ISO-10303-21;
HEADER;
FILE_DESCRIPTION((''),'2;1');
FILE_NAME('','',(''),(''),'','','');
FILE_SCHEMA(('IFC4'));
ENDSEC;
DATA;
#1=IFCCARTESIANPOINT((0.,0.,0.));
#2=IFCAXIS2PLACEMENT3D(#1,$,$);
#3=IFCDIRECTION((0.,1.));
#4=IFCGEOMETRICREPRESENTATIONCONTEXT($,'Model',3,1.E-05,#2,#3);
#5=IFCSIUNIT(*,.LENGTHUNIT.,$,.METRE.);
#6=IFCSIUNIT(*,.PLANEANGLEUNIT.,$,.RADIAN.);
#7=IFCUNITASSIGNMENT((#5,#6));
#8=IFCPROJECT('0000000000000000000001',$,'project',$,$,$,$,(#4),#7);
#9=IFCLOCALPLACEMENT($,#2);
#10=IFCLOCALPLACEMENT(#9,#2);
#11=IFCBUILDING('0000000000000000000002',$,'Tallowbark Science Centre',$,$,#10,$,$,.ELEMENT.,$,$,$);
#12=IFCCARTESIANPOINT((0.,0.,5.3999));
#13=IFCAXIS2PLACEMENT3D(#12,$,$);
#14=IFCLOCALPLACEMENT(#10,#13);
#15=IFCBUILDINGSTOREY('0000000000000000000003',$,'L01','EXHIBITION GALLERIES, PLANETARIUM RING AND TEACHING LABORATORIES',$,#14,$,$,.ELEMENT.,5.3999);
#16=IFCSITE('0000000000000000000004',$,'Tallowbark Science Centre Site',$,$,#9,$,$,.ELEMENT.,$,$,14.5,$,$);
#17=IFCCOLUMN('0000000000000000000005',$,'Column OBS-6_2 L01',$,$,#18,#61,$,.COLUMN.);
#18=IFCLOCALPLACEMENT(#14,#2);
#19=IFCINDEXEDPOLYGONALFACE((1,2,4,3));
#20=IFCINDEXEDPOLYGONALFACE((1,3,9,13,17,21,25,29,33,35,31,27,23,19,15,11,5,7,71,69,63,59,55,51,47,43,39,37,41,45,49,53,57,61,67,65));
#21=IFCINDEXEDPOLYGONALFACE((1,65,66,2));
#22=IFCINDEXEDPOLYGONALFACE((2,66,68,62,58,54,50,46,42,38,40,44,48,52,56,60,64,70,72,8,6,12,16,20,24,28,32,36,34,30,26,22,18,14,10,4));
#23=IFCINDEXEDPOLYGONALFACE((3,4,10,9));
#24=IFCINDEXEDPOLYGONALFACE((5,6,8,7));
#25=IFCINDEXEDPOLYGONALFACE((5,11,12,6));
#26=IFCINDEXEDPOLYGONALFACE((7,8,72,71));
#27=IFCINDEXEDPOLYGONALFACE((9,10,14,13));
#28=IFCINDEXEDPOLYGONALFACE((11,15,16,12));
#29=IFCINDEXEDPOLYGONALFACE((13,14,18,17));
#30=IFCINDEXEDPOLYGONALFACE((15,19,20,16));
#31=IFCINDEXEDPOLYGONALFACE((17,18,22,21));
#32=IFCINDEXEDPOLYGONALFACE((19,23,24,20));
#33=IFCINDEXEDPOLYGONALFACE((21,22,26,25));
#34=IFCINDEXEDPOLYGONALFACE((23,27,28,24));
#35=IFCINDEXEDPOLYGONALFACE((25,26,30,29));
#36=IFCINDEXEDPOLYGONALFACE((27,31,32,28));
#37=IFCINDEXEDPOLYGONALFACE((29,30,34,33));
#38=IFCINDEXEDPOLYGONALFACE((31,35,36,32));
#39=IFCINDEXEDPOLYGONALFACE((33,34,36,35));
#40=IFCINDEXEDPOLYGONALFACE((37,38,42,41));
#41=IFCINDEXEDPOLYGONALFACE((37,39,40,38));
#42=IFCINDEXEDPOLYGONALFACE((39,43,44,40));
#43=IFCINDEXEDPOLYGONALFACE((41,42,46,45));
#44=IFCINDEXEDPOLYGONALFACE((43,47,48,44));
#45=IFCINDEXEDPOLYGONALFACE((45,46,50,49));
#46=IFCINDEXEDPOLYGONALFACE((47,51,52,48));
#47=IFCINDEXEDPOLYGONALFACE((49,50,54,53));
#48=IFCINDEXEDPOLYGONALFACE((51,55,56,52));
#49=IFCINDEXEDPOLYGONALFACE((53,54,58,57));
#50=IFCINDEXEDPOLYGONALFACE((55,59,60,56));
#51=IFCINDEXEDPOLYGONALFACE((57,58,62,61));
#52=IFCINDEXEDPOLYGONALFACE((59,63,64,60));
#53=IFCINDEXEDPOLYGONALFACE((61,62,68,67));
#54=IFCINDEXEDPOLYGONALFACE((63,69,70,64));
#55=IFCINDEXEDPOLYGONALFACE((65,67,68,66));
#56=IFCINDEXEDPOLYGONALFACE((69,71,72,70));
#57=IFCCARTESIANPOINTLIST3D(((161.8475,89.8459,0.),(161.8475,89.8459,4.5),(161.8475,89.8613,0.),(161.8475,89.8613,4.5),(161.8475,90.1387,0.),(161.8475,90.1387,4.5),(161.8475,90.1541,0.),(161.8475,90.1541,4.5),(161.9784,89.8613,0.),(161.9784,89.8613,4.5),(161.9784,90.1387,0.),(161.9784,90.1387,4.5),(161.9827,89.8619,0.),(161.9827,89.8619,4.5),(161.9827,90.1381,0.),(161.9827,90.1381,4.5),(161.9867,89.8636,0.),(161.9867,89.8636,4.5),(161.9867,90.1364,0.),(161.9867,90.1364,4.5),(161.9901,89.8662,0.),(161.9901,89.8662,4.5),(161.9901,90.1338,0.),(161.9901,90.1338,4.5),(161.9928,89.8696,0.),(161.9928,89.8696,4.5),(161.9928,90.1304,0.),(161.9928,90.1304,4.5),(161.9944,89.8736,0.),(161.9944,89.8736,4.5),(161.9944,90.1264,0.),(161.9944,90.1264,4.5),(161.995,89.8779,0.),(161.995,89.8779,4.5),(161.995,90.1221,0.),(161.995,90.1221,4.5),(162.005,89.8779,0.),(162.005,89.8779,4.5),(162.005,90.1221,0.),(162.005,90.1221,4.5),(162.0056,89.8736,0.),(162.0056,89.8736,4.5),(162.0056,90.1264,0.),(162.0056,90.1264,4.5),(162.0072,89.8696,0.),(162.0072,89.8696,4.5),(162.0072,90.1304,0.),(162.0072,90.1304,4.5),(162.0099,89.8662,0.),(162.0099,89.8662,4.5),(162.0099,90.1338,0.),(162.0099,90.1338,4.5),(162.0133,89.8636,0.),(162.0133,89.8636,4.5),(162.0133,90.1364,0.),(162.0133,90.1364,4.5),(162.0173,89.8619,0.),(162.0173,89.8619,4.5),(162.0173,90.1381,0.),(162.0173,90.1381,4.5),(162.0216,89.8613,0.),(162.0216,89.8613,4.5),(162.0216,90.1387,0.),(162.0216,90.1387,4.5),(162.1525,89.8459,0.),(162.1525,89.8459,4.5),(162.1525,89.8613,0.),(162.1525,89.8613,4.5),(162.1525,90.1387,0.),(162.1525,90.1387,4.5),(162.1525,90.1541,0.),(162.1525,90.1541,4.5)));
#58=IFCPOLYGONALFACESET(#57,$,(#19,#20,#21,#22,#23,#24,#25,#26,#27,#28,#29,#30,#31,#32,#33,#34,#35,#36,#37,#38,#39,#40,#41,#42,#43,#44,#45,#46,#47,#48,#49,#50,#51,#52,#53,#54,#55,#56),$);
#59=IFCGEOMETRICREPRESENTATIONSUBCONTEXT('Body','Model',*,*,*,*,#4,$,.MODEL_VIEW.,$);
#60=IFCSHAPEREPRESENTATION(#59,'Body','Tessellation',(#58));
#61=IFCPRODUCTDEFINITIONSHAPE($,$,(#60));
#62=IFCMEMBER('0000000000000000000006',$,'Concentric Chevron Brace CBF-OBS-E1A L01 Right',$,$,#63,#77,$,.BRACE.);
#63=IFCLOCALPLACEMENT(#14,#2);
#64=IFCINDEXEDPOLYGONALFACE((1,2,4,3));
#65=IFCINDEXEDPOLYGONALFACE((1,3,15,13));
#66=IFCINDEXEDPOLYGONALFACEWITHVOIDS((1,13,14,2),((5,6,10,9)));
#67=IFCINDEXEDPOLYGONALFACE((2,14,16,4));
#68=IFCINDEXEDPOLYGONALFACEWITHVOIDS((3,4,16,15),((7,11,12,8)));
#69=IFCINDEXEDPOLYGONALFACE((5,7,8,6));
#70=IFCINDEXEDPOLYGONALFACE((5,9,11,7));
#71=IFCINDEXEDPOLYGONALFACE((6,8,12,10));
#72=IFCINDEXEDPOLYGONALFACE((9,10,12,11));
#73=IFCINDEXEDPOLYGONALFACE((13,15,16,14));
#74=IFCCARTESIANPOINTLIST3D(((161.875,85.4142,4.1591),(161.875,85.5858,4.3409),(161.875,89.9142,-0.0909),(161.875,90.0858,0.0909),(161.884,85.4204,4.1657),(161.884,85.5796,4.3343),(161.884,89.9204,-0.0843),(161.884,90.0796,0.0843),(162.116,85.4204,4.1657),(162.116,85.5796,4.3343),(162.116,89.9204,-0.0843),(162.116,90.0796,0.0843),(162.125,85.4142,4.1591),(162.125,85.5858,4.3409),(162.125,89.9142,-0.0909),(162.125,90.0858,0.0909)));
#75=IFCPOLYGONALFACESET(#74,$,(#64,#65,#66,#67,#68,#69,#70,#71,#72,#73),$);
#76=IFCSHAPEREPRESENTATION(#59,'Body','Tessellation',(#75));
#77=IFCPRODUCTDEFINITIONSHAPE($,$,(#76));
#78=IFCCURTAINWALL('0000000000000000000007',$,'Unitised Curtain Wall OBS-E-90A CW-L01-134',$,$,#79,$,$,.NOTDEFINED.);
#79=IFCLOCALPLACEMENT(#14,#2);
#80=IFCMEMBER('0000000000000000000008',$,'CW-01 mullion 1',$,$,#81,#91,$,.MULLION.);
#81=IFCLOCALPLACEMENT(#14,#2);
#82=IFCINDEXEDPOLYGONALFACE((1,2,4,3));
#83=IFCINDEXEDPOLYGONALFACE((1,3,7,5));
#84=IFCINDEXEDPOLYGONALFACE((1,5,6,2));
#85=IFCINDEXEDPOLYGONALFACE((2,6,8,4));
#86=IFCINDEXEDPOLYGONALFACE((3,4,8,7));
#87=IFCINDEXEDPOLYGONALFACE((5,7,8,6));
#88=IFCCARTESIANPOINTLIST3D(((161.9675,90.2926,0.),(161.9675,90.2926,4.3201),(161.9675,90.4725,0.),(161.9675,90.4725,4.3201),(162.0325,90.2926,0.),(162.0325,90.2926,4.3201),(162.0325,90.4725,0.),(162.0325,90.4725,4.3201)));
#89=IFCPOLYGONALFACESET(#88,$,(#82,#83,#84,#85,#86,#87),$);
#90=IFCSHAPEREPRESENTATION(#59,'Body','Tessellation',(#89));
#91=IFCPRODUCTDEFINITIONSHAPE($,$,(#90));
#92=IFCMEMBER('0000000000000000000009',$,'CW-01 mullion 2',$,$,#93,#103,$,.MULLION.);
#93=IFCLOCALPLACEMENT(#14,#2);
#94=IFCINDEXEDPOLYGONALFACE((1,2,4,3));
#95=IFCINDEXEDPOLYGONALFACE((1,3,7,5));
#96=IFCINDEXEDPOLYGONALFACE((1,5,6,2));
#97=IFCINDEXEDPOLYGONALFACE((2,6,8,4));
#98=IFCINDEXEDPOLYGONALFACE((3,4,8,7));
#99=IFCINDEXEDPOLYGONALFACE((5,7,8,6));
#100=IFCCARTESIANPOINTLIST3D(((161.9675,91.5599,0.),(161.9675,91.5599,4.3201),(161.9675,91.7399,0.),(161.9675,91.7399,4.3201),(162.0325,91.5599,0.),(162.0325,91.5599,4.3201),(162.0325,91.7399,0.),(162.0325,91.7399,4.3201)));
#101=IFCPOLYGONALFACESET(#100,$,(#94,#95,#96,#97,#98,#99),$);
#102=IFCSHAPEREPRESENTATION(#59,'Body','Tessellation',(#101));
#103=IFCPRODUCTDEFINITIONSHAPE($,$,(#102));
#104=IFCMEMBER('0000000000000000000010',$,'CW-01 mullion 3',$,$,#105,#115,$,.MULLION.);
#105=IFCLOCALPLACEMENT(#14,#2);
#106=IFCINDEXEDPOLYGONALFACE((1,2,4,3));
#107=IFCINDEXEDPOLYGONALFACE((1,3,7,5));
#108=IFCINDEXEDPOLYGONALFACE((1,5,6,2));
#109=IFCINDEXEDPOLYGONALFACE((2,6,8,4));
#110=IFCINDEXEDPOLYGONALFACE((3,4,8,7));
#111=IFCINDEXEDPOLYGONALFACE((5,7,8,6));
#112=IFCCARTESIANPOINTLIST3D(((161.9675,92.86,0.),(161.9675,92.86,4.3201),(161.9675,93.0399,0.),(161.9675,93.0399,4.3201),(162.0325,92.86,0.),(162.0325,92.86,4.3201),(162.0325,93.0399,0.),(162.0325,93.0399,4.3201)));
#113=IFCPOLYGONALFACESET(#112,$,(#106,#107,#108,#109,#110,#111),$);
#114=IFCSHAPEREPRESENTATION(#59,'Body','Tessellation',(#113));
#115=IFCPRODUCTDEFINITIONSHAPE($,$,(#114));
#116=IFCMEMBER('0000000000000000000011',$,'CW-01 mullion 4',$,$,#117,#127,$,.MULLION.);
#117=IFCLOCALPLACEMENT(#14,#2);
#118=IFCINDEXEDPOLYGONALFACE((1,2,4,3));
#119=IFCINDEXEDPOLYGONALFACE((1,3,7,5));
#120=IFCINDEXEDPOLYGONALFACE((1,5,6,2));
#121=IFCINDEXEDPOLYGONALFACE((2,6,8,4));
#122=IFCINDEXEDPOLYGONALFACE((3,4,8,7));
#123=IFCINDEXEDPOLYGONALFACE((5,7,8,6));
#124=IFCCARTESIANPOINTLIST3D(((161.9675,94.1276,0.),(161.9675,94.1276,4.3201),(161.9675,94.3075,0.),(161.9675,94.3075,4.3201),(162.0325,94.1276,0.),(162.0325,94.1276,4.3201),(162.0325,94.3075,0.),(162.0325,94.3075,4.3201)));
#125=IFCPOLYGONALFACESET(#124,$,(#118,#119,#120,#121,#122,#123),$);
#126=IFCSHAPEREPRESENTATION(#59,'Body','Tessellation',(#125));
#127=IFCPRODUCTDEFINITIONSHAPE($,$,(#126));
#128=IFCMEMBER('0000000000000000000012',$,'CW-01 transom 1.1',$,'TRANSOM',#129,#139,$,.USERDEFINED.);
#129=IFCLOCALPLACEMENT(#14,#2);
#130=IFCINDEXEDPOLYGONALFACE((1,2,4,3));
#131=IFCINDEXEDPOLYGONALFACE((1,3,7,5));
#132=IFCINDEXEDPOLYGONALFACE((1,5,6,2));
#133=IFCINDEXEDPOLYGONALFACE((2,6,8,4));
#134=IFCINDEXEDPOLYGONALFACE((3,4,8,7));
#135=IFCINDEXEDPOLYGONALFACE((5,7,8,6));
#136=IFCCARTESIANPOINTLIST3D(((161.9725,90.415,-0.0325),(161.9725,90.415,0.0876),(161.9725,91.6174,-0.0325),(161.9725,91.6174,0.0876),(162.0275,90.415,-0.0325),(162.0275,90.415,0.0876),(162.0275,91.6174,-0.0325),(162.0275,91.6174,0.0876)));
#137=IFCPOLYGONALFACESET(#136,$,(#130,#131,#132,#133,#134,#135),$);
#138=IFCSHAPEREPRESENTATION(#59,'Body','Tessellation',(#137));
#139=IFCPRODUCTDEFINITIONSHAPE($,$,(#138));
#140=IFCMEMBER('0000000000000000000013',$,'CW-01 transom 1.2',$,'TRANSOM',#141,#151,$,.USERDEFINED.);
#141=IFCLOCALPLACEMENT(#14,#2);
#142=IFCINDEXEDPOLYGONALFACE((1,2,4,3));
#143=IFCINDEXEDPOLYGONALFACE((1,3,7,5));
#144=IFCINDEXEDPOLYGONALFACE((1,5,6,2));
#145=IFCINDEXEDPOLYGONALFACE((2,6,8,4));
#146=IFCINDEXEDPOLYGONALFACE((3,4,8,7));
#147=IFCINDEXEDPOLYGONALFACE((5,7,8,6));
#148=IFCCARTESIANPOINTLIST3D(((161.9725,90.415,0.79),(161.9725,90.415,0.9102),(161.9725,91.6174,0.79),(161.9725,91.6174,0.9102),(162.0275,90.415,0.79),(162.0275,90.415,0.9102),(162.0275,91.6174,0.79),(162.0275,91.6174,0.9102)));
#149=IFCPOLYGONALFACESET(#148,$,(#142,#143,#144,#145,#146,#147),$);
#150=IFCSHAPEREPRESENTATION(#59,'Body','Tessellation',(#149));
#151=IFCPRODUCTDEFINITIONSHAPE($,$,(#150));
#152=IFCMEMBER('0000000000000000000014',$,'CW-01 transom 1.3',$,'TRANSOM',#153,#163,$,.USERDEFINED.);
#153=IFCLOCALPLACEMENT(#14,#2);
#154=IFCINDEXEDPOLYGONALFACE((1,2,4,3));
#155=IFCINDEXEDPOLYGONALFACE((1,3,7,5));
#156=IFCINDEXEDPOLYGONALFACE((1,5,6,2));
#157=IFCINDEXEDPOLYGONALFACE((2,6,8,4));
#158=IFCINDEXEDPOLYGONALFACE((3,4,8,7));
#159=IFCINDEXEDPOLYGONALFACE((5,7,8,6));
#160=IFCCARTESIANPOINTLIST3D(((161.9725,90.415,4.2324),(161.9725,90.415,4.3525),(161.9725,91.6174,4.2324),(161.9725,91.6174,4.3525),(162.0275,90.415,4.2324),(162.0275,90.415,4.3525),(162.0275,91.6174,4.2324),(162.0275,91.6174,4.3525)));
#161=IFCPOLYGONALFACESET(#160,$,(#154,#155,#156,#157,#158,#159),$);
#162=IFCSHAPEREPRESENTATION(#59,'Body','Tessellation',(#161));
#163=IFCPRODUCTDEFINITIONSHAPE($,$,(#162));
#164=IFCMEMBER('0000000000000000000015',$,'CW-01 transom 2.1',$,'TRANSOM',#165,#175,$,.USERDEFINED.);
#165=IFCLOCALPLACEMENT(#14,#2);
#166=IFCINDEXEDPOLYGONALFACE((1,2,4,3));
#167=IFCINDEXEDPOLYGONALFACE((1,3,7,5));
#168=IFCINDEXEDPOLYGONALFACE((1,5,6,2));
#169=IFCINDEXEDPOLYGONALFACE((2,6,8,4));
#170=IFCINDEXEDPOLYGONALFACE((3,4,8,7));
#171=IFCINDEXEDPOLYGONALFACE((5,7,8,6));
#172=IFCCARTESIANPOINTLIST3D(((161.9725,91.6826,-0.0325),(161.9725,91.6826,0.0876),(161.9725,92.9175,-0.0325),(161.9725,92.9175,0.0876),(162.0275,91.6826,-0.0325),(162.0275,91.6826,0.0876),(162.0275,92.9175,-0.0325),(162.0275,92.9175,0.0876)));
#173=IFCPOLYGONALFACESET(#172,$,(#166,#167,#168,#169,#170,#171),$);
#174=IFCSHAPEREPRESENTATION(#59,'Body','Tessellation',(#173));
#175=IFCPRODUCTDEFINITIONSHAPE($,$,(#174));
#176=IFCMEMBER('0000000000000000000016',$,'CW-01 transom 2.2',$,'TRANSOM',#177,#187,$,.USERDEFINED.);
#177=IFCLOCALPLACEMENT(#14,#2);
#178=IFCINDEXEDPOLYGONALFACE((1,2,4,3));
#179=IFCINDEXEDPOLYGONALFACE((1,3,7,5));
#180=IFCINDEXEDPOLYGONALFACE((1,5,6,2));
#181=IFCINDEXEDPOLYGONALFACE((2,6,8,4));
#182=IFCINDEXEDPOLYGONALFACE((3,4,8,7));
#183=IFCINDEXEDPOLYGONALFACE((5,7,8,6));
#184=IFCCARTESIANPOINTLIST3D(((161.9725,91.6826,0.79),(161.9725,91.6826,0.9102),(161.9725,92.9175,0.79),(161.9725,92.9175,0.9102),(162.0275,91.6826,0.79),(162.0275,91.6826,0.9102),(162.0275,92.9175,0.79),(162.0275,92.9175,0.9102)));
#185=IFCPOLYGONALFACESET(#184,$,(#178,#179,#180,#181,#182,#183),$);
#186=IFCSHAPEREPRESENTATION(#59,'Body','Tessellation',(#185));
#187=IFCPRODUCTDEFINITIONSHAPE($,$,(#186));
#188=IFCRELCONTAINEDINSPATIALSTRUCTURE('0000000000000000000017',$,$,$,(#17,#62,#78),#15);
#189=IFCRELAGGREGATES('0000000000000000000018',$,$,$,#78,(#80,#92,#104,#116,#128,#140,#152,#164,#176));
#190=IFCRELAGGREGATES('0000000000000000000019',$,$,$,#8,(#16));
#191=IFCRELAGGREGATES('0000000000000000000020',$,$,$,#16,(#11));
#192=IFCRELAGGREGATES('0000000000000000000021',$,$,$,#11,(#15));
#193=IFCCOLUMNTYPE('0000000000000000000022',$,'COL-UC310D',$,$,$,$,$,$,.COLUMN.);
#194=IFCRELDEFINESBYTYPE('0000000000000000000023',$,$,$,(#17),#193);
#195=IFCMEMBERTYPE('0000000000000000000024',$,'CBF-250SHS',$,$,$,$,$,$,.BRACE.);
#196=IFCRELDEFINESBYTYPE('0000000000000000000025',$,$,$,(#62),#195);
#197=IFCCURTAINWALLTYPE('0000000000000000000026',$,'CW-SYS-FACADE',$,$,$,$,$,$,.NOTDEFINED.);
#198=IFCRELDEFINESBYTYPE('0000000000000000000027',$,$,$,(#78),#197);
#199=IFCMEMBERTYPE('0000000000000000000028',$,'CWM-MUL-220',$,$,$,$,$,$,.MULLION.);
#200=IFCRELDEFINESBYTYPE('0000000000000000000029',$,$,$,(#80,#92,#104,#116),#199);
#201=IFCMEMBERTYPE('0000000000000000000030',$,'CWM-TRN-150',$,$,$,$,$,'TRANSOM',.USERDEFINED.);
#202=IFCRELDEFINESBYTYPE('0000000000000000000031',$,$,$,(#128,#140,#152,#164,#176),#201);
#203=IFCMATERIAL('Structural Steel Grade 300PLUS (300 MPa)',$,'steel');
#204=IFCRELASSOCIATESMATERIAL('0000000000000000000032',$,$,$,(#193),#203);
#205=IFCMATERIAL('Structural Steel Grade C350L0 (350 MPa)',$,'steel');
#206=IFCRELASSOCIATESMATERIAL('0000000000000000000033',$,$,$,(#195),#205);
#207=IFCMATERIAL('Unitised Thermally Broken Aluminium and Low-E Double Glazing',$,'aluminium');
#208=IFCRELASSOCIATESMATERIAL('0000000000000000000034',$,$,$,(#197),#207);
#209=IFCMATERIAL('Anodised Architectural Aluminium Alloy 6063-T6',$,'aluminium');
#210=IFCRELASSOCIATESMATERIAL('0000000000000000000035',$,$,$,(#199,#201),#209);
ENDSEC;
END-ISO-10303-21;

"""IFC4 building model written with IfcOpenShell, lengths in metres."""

from ifc_helpers import new_model, si_unit, direction, frame, origin, origin_2d, place, context, subcontext, project, spatial, rectangle, hollow_rectangle, i_section, extrude, material, material_profile, profile_set, type_object, element, aggregate, save


model = new_model("IFC4")

# Units and contexts
model_context = context("Model", 3, precision=1e-05, world=origin(), true_north=direction((0.0, 1.0)))
body_context = subcontext(model_context, "Body", "Model", "MODEL_VIEW")
ifc_project = project(units=[si_unit("LENGTHUNIT", "METRE"), si_unit("PLANEANGLEUNIT", "RADIAN")], contexts=[model_context])

# Site, building, storey
site_placement = place(None, origin())
site = spatial("IfcSite", under=ifc_project, at=site_placement, Name="Tallowbark Science Centre Site", CompositionType="ELEMENT", RefElevation=14.5)
building_placement = place(site_placement, origin())
building = spatial("IfcBuilding", under=site, at=building_placement, Name="Tallowbark Science Centre", CompositionType="ELEMENT")
storey_placement = place(building_placement, frame((0.0, 0.0, 5.3999)))
storey = spatial("IfcBuildingStorey", under=building, at=storey_placement, Name="L01", Description="EXHIBITION GALLERIES, PLANETARIUM RING AND TEACHING LABORATORIES", CompositionType="ELEMENT", Elevation=5.3999)

# Column
ifc_material_1 = material(Name="Structural Steel Grade 300PLUS (300 MPa)", Category="steel")
ifc_material_profile_1 = material_profile(ifc_material_1, i_section(OverallWidth=0.3049, OverallDepth=0.3081, WebThickness=0.01, FlangeThickness=0.0154, FilletRadius=0.0166, at=origin_2d()), Name="310UC96.8")
ifc_profile_set_1 = profile_set([ifc_material_profile_1], Name="Structural Steel Grade 300PLUS (300 MPa)")
column_type = type_object("IfcColumnType", Name="COL-UC310D", PredefinedType="COLUMN", material=ifc_profile_set_1)
column_placement = place(storey_placement, frame((162.0, 90.0, 0.0), z_axis=(0.0, 0.0, 1.0), x_axis=(1.0, 0.0, 0.0)))
element("IfcColumn", 1, at=column_placement, inside=storey, type_object=column_type, Name="Column OBS-6_2 L01", PredefinedType="COLUMN", context=body_context, shape_type="SweptSolid", body=[
    extrude(i_section(OverallWidth=0.3049, OverallDepth=0.3081, WebThickness=0.01, FlangeThickness=0.0154, FilletRadius=0.0166, at=origin_2d()), origin(), (0.0, 0.0, 1.0), 4.5),
])

# Member
ifc_material_2 = material(Name="Structural Steel Grade C350L0 (350 MPa)", Category="steel")
ifc_material_profile_2 = material_profile(ifc_material_2, hollow_rectangle(XDim=0.25, YDim=0.25, WallThickness=0.009, at=origin_2d()), Name="250x250x9.0SHS")
ifc_profile_set_2 = profile_set([ifc_material_profile_2], Name="Structural Steel Grade C350L0 (350 MPa)")
member_type_1 = type_object("IfcMemberType", Name="CBF-250SHS", PredefinedType="BRACE", material=ifc_profile_set_2)
member_1_placement = place(storey_placement, frame((162.0, 90.0, 0.0), z_axis=(0.0, -0.727013, 0.686624), x_axis=(1.0, 0.0, 0.0)))
element("IfcMember", 2, at=member_1_placement, inside=storey, type_object=member_type_1, Name="Concentric Chevron Brace CBF-OBS-E1A L01 Right", PredefinedType="BRACE", context=body_context, shape_type="SweptSolid", body=[
    extrude(hollow_rectangle(XDim=0.25, YDim=0.25, WallThickness=0.009, at=origin_2d()), origin(), (0.0, 0.0, 1.0), 6.1897),
])

# Curtain wall, members
ifc_material_3 = material(Name="Unitised Thermally Broken Aluminium and Low-E Double Glazing", Category="aluminium")
curtain_wall_type = type_object("IfcCurtainWallType", Name="CW-SYS-FACADE", PredefinedType="NOTDEFINED", material=ifc_material_3)
curtain_wall_placement = place(storey_placement, origin())
curtain_wall = element("IfcCurtainWall", 3, at=curtain_wall_placement, inside=storey, type_object=curtain_wall_type, Name="Unitised Curtain Wall OBS-E-90A CW-L01-134", PredefinedType="NOTDEFINED")
ifc_material_4 = material(Name="Anodised Architectural Aluminium Alloy 6063-T6", Category="aluminium")
ifc_material_profile_3 = material_profile(ifc_material_4, rectangle(XDim=0.0649, YDim=0.1799, at=origin_2d()), Name="ALU65x180")
ifc_profile_set_3 = profile_set([ifc_material_profile_3], Name="Anodised Architectural Aluminium Alloy 6063-T6")
member_type_2 = type_object("IfcMemberType", Name="CWM-MUL-220", PredefinedType="MULLION", material=ifc_profile_set_3)
member_2_placement = place(storey_placement, frame((162.0, 90.3826, 0.0), z_axis=(0.0, 0.0, 1.0), x_axis=(-1.0, 0.0, 0.0)))
member_2 = element("IfcMember", 4, at=member_2_placement, type_object=member_type_2, Name="CW-01 mullion 1", PredefinedType="MULLION", context=body_context, shape_type="SweptSolid", body=[
    extrude(rectangle(XDim=0.0649, YDim=0.1799, at=origin_2d()), origin(), (0.0, 0.0, 1.0), 4.3201),
])
member_3_placement = place(storey_placement, frame((162.0, 91.6499, 0.0), z_axis=(0.0, 0.0, 1.0), x_axis=(-1.0, 0.0, 0.0)))
member_3 = element("IfcMember", 5, at=member_3_placement, type_object=member_type_2, Name="CW-01 mullion 2", PredefinedType="MULLION", context=body_context, shape_type="SweptSolid", body=[
    extrude(rectangle(XDim=0.0649, YDim=0.1799, at=origin_2d()), origin(), (0.0, 0.0, 1.0), 4.3201),
])
member_4_placement = place(storey_placement, frame((162.0, 92.95, 0.0), z_axis=(0.0, 0.0, 1.0), x_axis=(-1.0, 0.0, 0.0)))
member_4 = element("IfcMember", 6, at=member_4_placement, type_object=member_type_2, Name="CW-01 mullion 3", PredefinedType="MULLION", context=body_context, shape_type="SweptSolid", body=[
    extrude(rectangle(XDim=0.0649, YDim=0.1799, at=origin_2d()), origin(), (0.0, 0.0, 1.0), 4.3201),
])
member_5_placement = place(storey_placement, frame((162.0, 94.2175, 0.0), z_axis=(0.0, 0.0, 1.0), x_axis=(-1.0, 0.0, 0.0)))
member_5 = element("IfcMember", 7, at=member_5_placement, type_object=member_type_2, Name="CW-01 mullion 4", PredefinedType="MULLION", context=body_context, shape_type="SweptSolid", body=[
    extrude(rectangle(XDim=0.0649, YDim=0.1799, at=origin_2d()), origin(), (0.0, 0.0, 1.0), 4.3201),
])
ifc_material_profile_4 = material_profile(ifc_material_4, rectangle(XDim=0.0549, YDim=0.1201, at=origin_2d()), Name="ALU55x120")
ifc_profile_set_4 = profile_set([ifc_material_profile_4], Name="Anodised Architectural Aluminium Alloy 6063-T6")
member_type_3 = type_object("IfcMemberType", Name="CWM-TRN-150", ElementType="TRANSOM", PredefinedType="USERDEFINED", material=ifc_profile_set_4)
member_6_placement = place(storey_placement, frame((162.0, 90.415, 0.0276), z_axis=(0.0, 1.0, 0.0), x_axis=(-1.0, 0.0, 0.0)))
member_6 = element("IfcMember", 8, at=member_6_placement, type_object=member_type_3, Name="CW-01 transom 1.1", ObjectType="TRANSOM", PredefinedType="USERDEFINED", context=body_context, shape_type="SweptSolid", body=[
    extrude(rectangle(XDim=0.0549, YDim=0.1201, at=origin_2d()), origin(), (0.0, 0.0, 1.0), 1.2024),
])
member_7_placement = place(storey_placement, frame((162.0, 90.415, 0.8501), z_axis=(0.0, 1.0, 0.0), x_axis=(-1.0, 0.0, 0.0)))
member_7 = element("IfcMember", 9, at=member_7_placement, type_object=member_type_3, Name="CW-01 transom 1.2", ObjectType="TRANSOM", PredefinedType="USERDEFINED", context=body_context, shape_type="SweptSolid", body=[
    extrude(rectangle(XDim=0.0549, YDim=0.1201, at=origin_2d()), origin(), (0.0, 0.0, 1.0), 1.2024),
])
member_8_placement = place(storey_placement, frame((162.0, 90.415, 4.2925), z_axis=(0.0, 1.0, 0.0), x_axis=(-1.0, 0.0, 0.0)))
member_8 = element("IfcMember", 10, at=member_8_placement, type_object=member_type_3, Name="CW-01 transom 1.3", ObjectType="TRANSOM", PredefinedType="USERDEFINED", context=body_context, shape_type="SweptSolid", body=[
    extrude(rectangle(XDim=0.0549, YDim=0.1201, at=origin_2d()), origin(), (0.0, 0.0, 1.0), 1.2024),
])
member_9_placement = place(storey_placement, frame((162.0, 91.6826, 0.0276), z_axis=(0.0, 1.0, 0.0), x_axis=(-1.0, 0.0, 0.0)))
member_9 = element("IfcMember", 11, at=member_9_placement, type_object=member_type_3, Name="CW-01 transom 2.1", ObjectType="TRANSOM", PredefinedType="USERDEFINED", context=body_context, shape_type="SweptSolid", body=[
    extrude(rectangle(XDim=0.0549, YDim=0.1201, at=origin_2d()), origin(), (0.0, 0.0, 1.0), 1.2349),
])
member_10_placement = place(storey_placement, frame((162.0, 91.6826, 0.8501), z_axis=(0.0, 1.0, 0.0), x_axis=(-1.0, 0.0, 0.0)))
member_10 = element("IfcMember", 12, at=member_10_placement, type_object=member_type_3, Name="CW-01 transom 2.2", ObjectType="TRANSOM", PredefinedType="USERDEFINED", context=body_context, shape_type="SweptSolid", body=[
    extrude(rectangle(XDim=0.0549, YDim=0.1201, at=origin_2d()), origin(), (0.0, 0.0, 1.0), 1.2349),
])

aggregate(curtain_wall, [member_2, member_3, member_4, member_5, member_6, member_7, member_8, member_9, member_10])

save(model, "model.ifc")
